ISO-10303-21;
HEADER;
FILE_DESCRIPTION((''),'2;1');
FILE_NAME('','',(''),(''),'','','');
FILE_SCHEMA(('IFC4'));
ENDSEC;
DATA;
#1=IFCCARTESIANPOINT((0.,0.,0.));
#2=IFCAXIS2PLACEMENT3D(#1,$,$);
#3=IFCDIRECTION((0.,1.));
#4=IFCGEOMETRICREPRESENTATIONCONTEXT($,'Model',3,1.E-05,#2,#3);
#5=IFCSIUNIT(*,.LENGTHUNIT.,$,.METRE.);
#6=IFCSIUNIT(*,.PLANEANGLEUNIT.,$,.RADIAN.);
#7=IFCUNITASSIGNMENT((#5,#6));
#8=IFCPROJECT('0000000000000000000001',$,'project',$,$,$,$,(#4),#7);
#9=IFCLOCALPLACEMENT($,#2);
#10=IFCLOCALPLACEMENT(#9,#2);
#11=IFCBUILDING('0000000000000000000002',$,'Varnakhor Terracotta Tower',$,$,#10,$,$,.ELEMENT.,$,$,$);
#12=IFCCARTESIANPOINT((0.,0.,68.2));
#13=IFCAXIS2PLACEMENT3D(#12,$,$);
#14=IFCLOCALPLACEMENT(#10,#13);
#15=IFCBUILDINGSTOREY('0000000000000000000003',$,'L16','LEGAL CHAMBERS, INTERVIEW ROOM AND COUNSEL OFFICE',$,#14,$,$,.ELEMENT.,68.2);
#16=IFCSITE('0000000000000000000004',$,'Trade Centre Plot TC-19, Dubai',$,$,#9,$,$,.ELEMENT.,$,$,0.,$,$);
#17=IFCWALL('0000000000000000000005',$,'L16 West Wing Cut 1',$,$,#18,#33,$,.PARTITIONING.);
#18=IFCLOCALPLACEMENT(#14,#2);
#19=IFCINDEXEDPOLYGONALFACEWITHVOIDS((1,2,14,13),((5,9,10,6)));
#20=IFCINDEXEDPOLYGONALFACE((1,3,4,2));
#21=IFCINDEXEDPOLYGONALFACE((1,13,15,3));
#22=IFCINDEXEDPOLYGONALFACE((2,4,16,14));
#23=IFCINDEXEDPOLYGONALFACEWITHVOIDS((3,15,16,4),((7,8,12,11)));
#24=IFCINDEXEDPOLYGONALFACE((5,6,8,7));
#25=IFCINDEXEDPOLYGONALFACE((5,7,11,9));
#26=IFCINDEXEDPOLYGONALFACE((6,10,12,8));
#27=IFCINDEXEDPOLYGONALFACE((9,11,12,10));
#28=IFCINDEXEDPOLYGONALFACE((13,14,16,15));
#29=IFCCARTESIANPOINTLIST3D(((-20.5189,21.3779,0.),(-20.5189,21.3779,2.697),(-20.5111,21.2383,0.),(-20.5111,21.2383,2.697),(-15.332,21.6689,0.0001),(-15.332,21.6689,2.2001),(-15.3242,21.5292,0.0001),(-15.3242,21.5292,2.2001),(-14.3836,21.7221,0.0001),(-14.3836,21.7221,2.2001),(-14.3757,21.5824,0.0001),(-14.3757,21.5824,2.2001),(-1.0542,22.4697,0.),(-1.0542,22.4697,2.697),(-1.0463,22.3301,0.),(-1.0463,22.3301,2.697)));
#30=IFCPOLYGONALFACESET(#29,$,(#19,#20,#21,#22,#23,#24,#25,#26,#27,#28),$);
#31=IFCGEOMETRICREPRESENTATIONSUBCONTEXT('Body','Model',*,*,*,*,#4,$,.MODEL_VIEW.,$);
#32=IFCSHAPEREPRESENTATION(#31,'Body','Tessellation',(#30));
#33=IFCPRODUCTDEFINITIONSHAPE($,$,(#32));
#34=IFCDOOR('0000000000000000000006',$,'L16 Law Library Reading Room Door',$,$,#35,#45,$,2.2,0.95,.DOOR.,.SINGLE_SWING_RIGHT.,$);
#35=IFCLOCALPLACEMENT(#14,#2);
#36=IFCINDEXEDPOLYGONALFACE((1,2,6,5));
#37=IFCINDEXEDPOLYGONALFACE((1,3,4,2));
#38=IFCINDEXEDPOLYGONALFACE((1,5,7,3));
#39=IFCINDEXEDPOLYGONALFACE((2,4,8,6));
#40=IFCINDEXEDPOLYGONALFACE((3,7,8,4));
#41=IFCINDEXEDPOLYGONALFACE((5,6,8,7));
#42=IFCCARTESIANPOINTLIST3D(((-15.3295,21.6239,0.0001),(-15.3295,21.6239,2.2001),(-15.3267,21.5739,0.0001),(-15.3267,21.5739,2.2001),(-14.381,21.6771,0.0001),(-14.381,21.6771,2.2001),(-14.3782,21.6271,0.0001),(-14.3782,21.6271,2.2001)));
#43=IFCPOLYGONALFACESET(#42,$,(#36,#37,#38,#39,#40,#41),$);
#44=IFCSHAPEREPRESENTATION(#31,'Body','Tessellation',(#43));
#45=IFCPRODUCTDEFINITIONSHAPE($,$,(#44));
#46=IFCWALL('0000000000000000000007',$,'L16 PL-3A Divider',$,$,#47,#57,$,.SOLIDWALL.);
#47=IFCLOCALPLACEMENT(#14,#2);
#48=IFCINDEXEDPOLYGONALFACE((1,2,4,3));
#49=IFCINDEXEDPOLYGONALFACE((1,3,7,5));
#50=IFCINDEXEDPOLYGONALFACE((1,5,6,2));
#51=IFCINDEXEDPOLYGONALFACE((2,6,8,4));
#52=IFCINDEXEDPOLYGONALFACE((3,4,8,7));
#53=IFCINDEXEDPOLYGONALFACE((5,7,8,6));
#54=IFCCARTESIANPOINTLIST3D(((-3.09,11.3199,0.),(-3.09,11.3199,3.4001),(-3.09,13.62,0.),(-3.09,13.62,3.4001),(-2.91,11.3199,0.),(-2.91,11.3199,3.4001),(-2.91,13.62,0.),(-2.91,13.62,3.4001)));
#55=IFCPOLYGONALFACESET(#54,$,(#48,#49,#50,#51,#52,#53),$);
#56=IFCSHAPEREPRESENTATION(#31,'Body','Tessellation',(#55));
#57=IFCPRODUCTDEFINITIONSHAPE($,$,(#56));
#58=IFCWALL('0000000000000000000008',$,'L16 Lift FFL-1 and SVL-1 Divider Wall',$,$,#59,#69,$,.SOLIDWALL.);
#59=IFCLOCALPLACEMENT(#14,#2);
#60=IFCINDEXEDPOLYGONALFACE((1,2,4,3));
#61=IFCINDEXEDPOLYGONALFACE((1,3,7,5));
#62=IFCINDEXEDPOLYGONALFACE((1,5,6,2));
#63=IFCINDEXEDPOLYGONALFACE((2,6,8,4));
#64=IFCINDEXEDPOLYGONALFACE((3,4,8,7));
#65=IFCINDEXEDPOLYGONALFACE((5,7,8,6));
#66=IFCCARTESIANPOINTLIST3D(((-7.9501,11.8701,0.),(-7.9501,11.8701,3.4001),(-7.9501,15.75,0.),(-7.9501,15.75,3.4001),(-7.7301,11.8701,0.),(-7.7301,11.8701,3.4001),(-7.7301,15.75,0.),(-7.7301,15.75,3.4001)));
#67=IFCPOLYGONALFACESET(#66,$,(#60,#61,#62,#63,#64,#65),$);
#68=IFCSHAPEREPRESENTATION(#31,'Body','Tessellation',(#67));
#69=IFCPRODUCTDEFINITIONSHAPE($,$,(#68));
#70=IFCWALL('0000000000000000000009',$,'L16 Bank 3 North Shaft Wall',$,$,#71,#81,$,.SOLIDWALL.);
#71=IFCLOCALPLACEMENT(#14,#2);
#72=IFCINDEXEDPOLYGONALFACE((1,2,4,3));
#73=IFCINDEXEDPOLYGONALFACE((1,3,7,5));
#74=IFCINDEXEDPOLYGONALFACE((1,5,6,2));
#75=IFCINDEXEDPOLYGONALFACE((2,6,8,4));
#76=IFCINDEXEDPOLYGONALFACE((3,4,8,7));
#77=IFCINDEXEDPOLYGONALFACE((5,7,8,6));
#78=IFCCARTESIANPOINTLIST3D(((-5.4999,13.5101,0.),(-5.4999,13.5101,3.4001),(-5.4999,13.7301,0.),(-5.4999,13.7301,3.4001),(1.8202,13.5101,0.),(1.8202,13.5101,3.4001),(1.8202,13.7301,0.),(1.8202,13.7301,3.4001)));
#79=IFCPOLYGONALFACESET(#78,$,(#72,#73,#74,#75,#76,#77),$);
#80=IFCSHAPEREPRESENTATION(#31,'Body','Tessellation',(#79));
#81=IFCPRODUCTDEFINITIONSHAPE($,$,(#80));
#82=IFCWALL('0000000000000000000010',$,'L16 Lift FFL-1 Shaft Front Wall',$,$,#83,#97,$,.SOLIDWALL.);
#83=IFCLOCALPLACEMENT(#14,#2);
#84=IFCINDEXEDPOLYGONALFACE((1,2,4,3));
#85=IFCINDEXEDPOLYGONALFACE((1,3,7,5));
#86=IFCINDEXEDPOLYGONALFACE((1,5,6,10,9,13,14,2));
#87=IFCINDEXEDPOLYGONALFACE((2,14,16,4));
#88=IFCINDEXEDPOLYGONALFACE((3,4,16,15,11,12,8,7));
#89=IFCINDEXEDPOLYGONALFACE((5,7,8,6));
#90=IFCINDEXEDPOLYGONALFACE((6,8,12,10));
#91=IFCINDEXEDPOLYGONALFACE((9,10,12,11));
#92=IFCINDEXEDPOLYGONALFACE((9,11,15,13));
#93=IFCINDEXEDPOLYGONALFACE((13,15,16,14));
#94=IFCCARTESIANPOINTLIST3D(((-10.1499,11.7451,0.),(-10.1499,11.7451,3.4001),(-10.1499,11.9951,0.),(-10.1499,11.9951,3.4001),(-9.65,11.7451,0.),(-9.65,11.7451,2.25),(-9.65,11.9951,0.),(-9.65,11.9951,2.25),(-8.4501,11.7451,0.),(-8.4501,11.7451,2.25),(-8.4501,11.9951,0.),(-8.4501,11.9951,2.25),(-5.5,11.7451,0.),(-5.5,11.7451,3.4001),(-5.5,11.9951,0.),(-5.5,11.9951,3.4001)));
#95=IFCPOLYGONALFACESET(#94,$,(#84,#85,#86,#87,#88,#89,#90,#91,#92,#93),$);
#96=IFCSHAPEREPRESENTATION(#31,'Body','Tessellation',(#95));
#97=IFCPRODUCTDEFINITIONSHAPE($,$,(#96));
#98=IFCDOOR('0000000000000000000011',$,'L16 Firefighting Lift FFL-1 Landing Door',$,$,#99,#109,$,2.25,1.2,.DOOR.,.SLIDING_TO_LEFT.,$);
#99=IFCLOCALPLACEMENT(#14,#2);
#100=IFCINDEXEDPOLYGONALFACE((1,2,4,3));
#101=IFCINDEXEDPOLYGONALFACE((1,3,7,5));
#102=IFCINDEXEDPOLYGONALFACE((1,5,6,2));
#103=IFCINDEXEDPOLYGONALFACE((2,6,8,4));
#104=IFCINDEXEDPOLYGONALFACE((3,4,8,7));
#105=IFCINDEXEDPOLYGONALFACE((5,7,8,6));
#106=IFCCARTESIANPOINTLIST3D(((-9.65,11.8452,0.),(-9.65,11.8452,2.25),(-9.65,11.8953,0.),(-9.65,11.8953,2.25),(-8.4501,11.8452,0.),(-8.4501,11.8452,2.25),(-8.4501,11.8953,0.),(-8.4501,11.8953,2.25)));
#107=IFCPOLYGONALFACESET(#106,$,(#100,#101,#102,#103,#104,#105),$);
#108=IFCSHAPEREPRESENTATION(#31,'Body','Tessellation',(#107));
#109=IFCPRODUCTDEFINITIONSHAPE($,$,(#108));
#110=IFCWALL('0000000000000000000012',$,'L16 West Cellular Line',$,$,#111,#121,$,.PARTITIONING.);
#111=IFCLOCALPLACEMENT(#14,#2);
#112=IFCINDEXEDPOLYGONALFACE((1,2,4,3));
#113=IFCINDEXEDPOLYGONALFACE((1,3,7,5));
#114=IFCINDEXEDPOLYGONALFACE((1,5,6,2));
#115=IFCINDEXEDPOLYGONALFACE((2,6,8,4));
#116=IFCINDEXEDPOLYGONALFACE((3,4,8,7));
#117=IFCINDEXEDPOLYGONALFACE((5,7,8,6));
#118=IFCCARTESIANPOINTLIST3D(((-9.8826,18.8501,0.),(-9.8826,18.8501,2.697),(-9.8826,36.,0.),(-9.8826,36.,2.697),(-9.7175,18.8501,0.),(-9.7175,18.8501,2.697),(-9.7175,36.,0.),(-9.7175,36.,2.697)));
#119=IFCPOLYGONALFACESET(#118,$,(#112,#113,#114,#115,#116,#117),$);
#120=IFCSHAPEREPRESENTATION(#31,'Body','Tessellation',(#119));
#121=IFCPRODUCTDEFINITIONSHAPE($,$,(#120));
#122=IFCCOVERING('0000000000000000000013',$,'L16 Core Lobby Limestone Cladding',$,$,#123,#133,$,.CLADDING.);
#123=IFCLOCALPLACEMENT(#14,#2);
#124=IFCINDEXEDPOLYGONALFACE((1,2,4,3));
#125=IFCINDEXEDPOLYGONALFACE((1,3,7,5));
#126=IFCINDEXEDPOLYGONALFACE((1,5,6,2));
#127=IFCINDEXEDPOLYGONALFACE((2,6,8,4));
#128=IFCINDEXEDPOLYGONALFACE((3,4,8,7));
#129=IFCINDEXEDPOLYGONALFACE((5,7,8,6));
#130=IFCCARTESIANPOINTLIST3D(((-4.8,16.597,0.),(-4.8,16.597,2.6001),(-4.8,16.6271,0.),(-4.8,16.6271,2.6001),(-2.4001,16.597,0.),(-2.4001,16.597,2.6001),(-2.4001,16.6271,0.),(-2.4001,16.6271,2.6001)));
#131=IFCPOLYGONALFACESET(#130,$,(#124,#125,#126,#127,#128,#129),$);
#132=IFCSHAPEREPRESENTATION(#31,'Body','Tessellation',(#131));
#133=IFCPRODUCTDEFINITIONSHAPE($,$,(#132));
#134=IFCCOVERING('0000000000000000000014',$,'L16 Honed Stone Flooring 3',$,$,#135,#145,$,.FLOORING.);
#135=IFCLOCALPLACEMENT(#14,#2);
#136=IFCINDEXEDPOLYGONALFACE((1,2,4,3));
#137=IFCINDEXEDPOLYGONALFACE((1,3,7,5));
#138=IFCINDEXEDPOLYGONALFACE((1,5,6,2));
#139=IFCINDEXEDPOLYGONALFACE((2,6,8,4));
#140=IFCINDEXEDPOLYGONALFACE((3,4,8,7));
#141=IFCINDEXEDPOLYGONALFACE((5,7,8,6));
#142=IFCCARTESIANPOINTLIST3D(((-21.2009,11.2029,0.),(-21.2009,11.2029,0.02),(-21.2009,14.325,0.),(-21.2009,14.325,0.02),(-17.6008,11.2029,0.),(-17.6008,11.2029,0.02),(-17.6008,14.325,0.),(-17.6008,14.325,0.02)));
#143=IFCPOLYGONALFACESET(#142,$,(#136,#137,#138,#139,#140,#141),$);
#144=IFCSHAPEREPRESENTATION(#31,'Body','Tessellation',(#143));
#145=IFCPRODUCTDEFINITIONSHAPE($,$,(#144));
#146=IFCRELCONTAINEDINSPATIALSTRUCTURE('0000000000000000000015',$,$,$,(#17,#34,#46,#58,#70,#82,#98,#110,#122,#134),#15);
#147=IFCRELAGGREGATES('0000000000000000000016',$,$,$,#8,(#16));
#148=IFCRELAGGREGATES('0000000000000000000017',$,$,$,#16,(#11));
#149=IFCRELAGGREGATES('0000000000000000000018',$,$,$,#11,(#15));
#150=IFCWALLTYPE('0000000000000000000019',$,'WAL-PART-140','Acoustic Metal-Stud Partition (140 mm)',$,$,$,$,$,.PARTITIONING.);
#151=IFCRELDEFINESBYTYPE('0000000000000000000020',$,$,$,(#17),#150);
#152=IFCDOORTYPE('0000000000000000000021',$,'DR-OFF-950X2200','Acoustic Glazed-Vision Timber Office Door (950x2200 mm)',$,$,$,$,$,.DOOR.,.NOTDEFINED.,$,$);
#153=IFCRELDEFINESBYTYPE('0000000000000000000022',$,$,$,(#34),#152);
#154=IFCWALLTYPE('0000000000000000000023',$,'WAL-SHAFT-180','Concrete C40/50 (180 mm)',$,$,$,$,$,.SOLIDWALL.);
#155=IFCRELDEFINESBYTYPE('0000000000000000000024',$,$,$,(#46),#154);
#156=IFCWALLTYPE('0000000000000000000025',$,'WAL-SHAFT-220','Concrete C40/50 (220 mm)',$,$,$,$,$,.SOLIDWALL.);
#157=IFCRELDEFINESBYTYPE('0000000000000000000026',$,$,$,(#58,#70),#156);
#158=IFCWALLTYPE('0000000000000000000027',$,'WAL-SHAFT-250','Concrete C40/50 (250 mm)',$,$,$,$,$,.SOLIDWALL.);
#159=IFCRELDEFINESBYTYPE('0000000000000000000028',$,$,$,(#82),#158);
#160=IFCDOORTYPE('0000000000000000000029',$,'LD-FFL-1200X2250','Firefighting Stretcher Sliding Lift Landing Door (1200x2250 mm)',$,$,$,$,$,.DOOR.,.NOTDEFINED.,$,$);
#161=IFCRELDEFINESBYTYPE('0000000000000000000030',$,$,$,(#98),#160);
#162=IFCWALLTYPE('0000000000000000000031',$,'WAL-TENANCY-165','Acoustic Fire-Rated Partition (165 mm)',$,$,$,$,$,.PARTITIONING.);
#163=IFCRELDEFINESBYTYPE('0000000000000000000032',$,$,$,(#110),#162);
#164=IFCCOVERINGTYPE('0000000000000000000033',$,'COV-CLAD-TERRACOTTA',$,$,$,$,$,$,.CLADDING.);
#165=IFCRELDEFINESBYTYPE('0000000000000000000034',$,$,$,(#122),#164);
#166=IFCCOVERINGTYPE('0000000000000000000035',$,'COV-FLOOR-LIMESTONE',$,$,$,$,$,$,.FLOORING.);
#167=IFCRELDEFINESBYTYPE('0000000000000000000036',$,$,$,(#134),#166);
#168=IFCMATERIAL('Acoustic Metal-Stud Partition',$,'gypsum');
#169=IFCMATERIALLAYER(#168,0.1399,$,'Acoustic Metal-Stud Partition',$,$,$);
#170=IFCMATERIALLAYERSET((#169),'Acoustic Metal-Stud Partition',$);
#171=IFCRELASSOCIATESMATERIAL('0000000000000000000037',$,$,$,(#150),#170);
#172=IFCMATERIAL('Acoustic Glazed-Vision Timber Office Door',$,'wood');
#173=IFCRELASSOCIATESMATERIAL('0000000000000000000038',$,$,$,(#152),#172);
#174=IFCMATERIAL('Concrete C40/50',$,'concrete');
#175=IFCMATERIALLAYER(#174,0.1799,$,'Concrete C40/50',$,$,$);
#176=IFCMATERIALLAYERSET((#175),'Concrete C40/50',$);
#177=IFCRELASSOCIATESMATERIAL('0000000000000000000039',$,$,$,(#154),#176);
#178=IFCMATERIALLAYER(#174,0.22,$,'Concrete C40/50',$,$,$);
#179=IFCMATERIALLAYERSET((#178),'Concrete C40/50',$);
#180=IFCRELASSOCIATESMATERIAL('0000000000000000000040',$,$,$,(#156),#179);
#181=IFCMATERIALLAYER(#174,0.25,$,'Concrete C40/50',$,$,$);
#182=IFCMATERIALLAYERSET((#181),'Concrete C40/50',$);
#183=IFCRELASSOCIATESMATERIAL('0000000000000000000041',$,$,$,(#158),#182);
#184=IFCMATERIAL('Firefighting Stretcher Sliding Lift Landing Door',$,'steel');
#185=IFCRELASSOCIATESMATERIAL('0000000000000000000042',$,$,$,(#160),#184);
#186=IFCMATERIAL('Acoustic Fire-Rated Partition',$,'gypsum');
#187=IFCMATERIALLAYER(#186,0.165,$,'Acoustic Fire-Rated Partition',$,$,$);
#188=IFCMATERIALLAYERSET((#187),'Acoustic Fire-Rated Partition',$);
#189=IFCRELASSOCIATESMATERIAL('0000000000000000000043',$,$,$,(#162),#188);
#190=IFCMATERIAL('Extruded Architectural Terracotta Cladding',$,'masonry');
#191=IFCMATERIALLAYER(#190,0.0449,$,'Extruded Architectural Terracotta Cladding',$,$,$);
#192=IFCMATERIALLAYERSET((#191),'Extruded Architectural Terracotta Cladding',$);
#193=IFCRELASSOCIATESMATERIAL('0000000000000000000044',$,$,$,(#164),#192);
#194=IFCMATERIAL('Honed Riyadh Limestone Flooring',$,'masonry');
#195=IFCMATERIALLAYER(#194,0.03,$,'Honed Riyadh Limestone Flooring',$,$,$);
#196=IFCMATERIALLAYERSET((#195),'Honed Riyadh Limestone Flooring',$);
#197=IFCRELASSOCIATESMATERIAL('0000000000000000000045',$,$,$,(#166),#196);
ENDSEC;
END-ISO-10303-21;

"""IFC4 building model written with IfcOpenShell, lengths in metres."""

from ifc_helpers import new_model, si_unit, direction, frame, frame_2d, origin, origin_2d, place, context, subcontext, project, spatial, rectangle, extrude, source, transform, mapped, material, layer, layer_set, type_object, type_shapes, element, fill, save


model = new_model("IFC4")

# Units and contexts
model_context = context("Model", 3, precision=1e-05, world=origin(), true_north=direction((0.0, 1.0)))
body_context = subcontext(model_context, "Body", "Model", "MODEL_VIEW")
ifc_project = project(units=[si_unit("LENGTHUNIT", "METRE"), si_unit("PLANEANGLEUNIT", "RADIAN")], contexts=[model_context])

# Site, building, storey
site_placement = place(None, origin())
site = spatial("IfcSite", under=ifc_project, at=site_placement, Name="Trade Centre Plot TC-19, Dubai", CompositionType="ELEMENT", RefElevation=0.0)
building_placement = place(site_placement, origin())
building = spatial("IfcBuilding", under=site, at=building_placement, Name="Varnakhor Terracotta Tower", CompositionType="ELEMENT")
storey_placement = place(building_placement, frame((0.0, 0.0, 68.2)))
storey = spatial("IfcBuildingStorey", under=building, at=storey_placement, Name="L16", Description="LEGAL CHAMBERS, INTERVIEW ROOM AND COUNSEL OFFICE", CompositionType="ELEMENT", Elevation=68.2)

# Shared definitions
ifc_material_1 = material(Name="Acoustic Metal-Stud Partition", Category="gypsum")
ifc_layer_1 = layer(ifc_material_1, 0.1399, Name="Acoustic Metal-Stud Partition")
ifc_layer_set_1 = layer_set([ifc_layer_1], Name="Acoustic Metal-Stud Partition")
wall_type_1 = type_object("IfcWallType", Name="WAL-PART-140", Description="Acoustic Metal-Stud Partition (140 mm)", PredefinedType="PARTITIONING", material=ifc_layer_set_1)
ifc_material_2 = material(Name="Acoustic Glazed-Vision Timber Office Door", Category="wood")
door_type_1 = type_object("IfcDoorType", Name="DR-OFF-950X2200", Description="Acoustic Glazed-Vision Timber Office Door (950x2200 mm)", OperationType="NOTDEFINED", PredefinedType="DOOR", material=ifc_material_2)
shared_shape_1 = source(origin(), body_context, "Body", "SweptSolid", [
    extrude(rectangle(XDim=0.95, YDim=2.2, at=frame_2d((0.4751, 1.1001))), frame((0.0, 0.0249, 0.0), z_axis=(0.0, -1.0, 0.0), x_axis=(1.0, 0.0, 0.0)), (0.0, 0.0, 1.0), 0.05),
])
type_shapes(door_type_1, [shared_shape_1])

# Wall, opening, door
wall_1_placement = place(storey_placement, frame((-20.5149, 21.3081, 0.0), z_axis=(0.0, 0.0, 1.0), x_axis=(0.998431, 0.056003, 0.0)))
wall_1 = element("IfcWall", 1, at=wall_1_placement, inside=storey, type_object=wall_type_1, Name="L16 West Wing Cut 1", PredefinedType="PARTITIONING", context=body_context, shape_type="SweptSolid", body=[
    extrude(rectangle(XDim=19.4954, YDim=0.1399, at=frame_2d((9.7476, 0.0))), origin(), (0.0, 0.0, 1.0), 2.697),
])
opening_1_placement = place(wall_1_placement, frame((5.1948, 0.0, 0.0)))
opening_1 = element("IfcOpeningElement", 2, at=opening_1_placement, cuts=wall_1, PredefinedType="OPENING", context=body_context, shape_type="SweptSolid", body=[
    extrude(rectangle(XDim=0.95, YDim=2.2, at=frame_2d((0.4751, 1.1001))), frame((0.0, 0.0801, 0.0), z_axis=(0.0, -1.0, 0.0), x_axis=(1.0, 0.0, 0.0)), (0.0, 0.0, 1.0), 0.1599),
])
door_1_placement = place(opening_1_placement, origin())
door_1 = element("IfcDoor", 3, at=door_1_placement, inside=storey, type_object=door_type_1, Name="L16 Law Library Reading Room Door", OperationType="SINGLE_SWING_RIGHT", OverallHeight=2.2, OverallWidth=0.95, PredefinedType="DOOR", context=body_context, shape_type="MappedRepresentation", body=[
    mapped(shared_shape_1, transform((0.0, 0.0, 0.0), scale=1.0)),
])
fill(opening_1, door_1)

# Walls
ifc_material_3 = material(Name="Concrete C40/50", Category="concrete")
ifc_layer_2 = layer(ifc_material_3, 0.1799, Name="Concrete C40/50")
ifc_layer_set_2 = layer_set([ifc_layer_2], Name="Concrete C40/50")
wall_type_2 = type_object("IfcWallType", Name="WAL-SHAFT-180", Description="Concrete C40/50 (180 mm)", PredefinedType="SOLIDWALL", material=ifc_layer_set_2)
wall_2_placement = place(storey_placement, frame((-3.0, 11.3201, 0.0), z_axis=(0.0, 0.0, 1.0), x_axis=(0.0, 1.0, 0.0)))
element("IfcWall", 4, at=wall_2_placement, inside=storey, type_object=wall_type_2, Name="L16 PL-3A Divider", PredefinedType="SOLIDWALL", context=body_context, shape_type="SweptSolid", body=[
    extrude(rectangle(XDim=2.3, YDim=0.1799, at=frame_2d((1.1499, 0.0))), origin(), (0.0, 0.0, 1.0), 3.4001),
])
ifc_layer_3 = layer(ifc_material_3, 0.22, Name="Concrete C40/50")
ifc_layer_set_3 = layer_set([ifc_layer_3], Name="Concrete C40/50")
wall_type_3 = type_object("IfcWallType", Name="WAL-SHAFT-220", Description="Concrete C40/50 (220 mm)", PredefinedType="SOLIDWALL", material=ifc_layer_set_3)
wall_3_placement = place(storey_placement, frame((-7.8401, 11.8701, 0.0), z_axis=(0.0, 0.0, 1.0), x_axis=(0.0, 1.0, 0.0)))
element("IfcWall", 5, at=wall_3_placement, inside=storey, type_object=wall_type_3, Name="L16 Lift FFL-1 and SVL-1 Divider Wall", PredefinedType="SOLIDWALL", context=body_context, shape_type="SweptSolid", body=[
    extrude(rectangle(XDim=3.8799, YDim=0.22, at=frame_2d((1.9399, 0.0))), origin(), (0.0, 0.0, 1.0), 3.4001),
])
wall_4_placement = place(storey_placement, frame((-5.5, 13.6201, 0.0), z_axis=(0.0, 0.0, 1.0), x_axis=(1.0, 0.0, 0.0)))
element("IfcWall", 6, at=wall_4_placement, inside=storey, type_object=wall_type_3, Name="L16 Bank 3 North Shaft Wall", PredefinedType="SOLIDWALL", context=body_context, shape_type="SweptSolid", body=[
    extrude(rectangle(XDim=7.3201, YDim=0.22, at=frame_2d((3.6602, 0.0))), origin(), (0.0, 0.0, 1.0), 3.4001),
])

# Wall, opening, door
ifc_layer_4 = layer(ifc_material_3, 0.25, Name="Concrete C40/50")
ifc_layer_set_4 = layer_set([ifc_layer_4], Name="Concrete C40/50")
wall_type_4 = type_object("IfcWallType", Name="WAL-SHAFT-250", Description="Concrete C40/50 (250 mm)", PredefinedType="SOLIDWALL", material=ifc_layer_set_4)
wall_5_placement = place(storey_placement, frame((-5.5, 11.8701, 0.0), z_axis=(0.0, 0.0, 1.0), x_axis=(-1.0, 0.0, 0.0)))
wall_5 = element("IfcWall", 7, at=wall_5_placement, inside=storey, type_object=wall_type_4, Name="L16 Lift FFL-1 Shaft Front Wall", PredefinedType="SOLIDWALL", context=body_context, shape_type="SweptSolid", body=[
    extrude(rectangle(XDim=4.6499, YDim=0.25, at=frame_2d((2.325, 0.0))), origin(), (0.0, 0.0, 1.0), 3.4001),
])
opening_2_placement = place(wall_5_placement, frame((2.95, 0.0, 0.0)))
opening_2 = element("IfcOpeningElement", 8, at=opening_2_placement, cuts=wall_5, PredefinedType="OPENING", context=body_context, shape_type="SweptSolid", body=[
    extrude(rectangle(XDim=1.2, YDim=2.25, at=frame_2d((0.6001, 1.125))), frame((0.0, 0.135, 0.0), z_axis=(0.0, -1.0, 0.0), x_axis=(1.0, 0.0, 0.0)), (0.0, 0.0, 1.0), 0.27),
])
ifc_material_4 = material(Name="Firefighting Stretcher Sliding Lift Landing Door", Category="steel")
door_type_2 = type_object("IfcDoorType", Name="LD-FFL-1200X2250", Description="Firefighting Stretcher Sliding Lift Landing Door (1200x2250 mm)", OperationType="NOTDEFINED", PredefinedType="DOOR", material=ifc_material_4)
shared_shape_2 = source(origin(), body_context, "Body", "SweptSolid", [
    extrude(rectangle(XDim=1.2, YDim=2.25, at=frame_2d((0.6001, 1.125))), frame((0.0, 0.0249, 0.0), z_axis=(0.0, -1.0, 0.0), x_axis=(1.0, 0.0, 0.0)), (0.0, 0.0, 1.0), 0.05),
])
type_shapes(door_type_2, [shared_shape_2])
door_2_placement = place(opening_2_placement, origin())
door_2 = element("IfcDoor", 9, at=door_2_placement, inside=storey, type_object=door_type_2, Name="L16 Firefighting Lift FFL-1 Landing Door", OperationType="SLIDING_TO_LEFT", OverallHeight=2.25, OverallWidth=1.2, PredefinedType="DOOR", context=body_context, shape_type="MappedRepresentation", body=[
    mapped(shared_shape_2, transform((0.0, 0.0, 0.0), scale=1.0)),
])
fill(opening_2, door_2)

# Wall
ifc_material_5 = material(Name="Acoustic Fire-Rated Partition", Category="gypsum")
ifc_layer_5 = layer(ifc_material_5, 0.165, Name="Acoustic Fire-Rated Partition")
ifc_layer_set_5 = layer_set([ifc_layer_5], Name="Acoustic Fire-Rated Partition")
wall_type_5 = type_object("IfcWallType", Name="WAL-TENANCY-165", Description="Acoustic Fire-Rated Partition (165 mm)", PredefinedType="PARTITIONING", material=ifc_layer_set_5)
wall_6_placement = place(storey_placement, frame((-9.8, 18.8501, 0.0), z_axis=(0.0, 0.0, 1.0), x_axis=(0.0, 1.0, 0.0)))
element("IfcWall", 10, at=wall_6_placement, inside=storey, type_object=wall_type_5, Name="L16 West Cellular Line", PredefinedType="PARTITIONING", context=body_context, shape_type="SweptSolid", body=[
    extrude(rectangle(XDim=17.1499, YDim=0.165, at=frame_2d((8.575, 0.0))), origin(), (0.0, 0.0, 1.0), 2.697),
])

# Coverings
ifc_material_6 = material(Name="Extruded Architectural Terracotta Cladding", Category="masonry")
ifc_layer_6 = layer(ifc_material_6, 0.0449, Name="Extruded Architectural Terracotta Cladding")
ifc_layer_set_6 = layer_set([ifc_layer_6], Name="Extruded Architectural Terracotta Cladding")
covering_type_1 = type_object("IfcCoveringType", Name="COV-CLAD-TERRACOTTA", PredefinedType="CLADDING", material=ifc_layer_set_6)
shared_shape_3 = source(origin(), body_context, "Body", "SweptSolid", [
    extrude(rectangle(XDim=2.3999, YDim=0.03, at=origin_2d()), origin(), (0.0, 0.0, 1.0), 2.6001),
])
type_shapes(covering_type_1, [shared_shape_3])
covering_1_placement = place(storey_placement, frame((-3.6001, 16.6121, 0.0), z_axis=(0.0, 0.0, 1.0), x_axis=(1.0, 0.0, 0.0)))
element("IfcCovering", 11, at=covering_1_placement, inside=storey, type_object=covering_type_1, Name="L16 Core Lobby Limestone Cladding", PredefinedType="CLADDING", context=body_context, shape_type="MappedRepresentation", body=[
    mapped(shared_shape_3, transform((0.0, 0.0, 0.0), scale=1.0)),
])
ifc_material_7 = material(Name="Honed Riyadh Limestone Flooring", Category="masonry")
ifc_layer_7 = layer(ifc_material_7, 0.03, Name="Honed Riyadh Limestone Flooring")
ifc_layer_set_7 = layer_set([ifc_layer_7], Name="Honed Riyadh Limestone Flooring")
covering_type_2 = type_object("IfcCoveringType", Name="COV-FLOOR-LIMESTONE", PredefinedType="FLOORING", material=ifc_layer_set_7)
shared_shape_4 = source(origin(), body_context, "Body", "SweptSolid", [
    extrude(rectangle(XDim=3.6001, YDim=3.1221, at=origin_2d()), origin(), (0.0, 0.0, 1.0), 0.02),
])
covering_2_placement = place(storey_placement, frame((-19.4009, 12.7639, 0.0), z_axis=(0.0, 0.0, 1.0), x_axis=(1.0, 0.0, 0.0)))
element("IfcCovering", 12, at=covering_2_placement, inside=storey, type_object=covering_type_2, Name="L16 Honed Stone Flooring 3", PredefinedType="FLOORING", context=body_context, shape_type="MappedRepresentation", body=[
    mapped(shared_shape_4, transform((0.0, 0.0, 0.0), scale=1.0)),
])

save(model, "model.ifc")
